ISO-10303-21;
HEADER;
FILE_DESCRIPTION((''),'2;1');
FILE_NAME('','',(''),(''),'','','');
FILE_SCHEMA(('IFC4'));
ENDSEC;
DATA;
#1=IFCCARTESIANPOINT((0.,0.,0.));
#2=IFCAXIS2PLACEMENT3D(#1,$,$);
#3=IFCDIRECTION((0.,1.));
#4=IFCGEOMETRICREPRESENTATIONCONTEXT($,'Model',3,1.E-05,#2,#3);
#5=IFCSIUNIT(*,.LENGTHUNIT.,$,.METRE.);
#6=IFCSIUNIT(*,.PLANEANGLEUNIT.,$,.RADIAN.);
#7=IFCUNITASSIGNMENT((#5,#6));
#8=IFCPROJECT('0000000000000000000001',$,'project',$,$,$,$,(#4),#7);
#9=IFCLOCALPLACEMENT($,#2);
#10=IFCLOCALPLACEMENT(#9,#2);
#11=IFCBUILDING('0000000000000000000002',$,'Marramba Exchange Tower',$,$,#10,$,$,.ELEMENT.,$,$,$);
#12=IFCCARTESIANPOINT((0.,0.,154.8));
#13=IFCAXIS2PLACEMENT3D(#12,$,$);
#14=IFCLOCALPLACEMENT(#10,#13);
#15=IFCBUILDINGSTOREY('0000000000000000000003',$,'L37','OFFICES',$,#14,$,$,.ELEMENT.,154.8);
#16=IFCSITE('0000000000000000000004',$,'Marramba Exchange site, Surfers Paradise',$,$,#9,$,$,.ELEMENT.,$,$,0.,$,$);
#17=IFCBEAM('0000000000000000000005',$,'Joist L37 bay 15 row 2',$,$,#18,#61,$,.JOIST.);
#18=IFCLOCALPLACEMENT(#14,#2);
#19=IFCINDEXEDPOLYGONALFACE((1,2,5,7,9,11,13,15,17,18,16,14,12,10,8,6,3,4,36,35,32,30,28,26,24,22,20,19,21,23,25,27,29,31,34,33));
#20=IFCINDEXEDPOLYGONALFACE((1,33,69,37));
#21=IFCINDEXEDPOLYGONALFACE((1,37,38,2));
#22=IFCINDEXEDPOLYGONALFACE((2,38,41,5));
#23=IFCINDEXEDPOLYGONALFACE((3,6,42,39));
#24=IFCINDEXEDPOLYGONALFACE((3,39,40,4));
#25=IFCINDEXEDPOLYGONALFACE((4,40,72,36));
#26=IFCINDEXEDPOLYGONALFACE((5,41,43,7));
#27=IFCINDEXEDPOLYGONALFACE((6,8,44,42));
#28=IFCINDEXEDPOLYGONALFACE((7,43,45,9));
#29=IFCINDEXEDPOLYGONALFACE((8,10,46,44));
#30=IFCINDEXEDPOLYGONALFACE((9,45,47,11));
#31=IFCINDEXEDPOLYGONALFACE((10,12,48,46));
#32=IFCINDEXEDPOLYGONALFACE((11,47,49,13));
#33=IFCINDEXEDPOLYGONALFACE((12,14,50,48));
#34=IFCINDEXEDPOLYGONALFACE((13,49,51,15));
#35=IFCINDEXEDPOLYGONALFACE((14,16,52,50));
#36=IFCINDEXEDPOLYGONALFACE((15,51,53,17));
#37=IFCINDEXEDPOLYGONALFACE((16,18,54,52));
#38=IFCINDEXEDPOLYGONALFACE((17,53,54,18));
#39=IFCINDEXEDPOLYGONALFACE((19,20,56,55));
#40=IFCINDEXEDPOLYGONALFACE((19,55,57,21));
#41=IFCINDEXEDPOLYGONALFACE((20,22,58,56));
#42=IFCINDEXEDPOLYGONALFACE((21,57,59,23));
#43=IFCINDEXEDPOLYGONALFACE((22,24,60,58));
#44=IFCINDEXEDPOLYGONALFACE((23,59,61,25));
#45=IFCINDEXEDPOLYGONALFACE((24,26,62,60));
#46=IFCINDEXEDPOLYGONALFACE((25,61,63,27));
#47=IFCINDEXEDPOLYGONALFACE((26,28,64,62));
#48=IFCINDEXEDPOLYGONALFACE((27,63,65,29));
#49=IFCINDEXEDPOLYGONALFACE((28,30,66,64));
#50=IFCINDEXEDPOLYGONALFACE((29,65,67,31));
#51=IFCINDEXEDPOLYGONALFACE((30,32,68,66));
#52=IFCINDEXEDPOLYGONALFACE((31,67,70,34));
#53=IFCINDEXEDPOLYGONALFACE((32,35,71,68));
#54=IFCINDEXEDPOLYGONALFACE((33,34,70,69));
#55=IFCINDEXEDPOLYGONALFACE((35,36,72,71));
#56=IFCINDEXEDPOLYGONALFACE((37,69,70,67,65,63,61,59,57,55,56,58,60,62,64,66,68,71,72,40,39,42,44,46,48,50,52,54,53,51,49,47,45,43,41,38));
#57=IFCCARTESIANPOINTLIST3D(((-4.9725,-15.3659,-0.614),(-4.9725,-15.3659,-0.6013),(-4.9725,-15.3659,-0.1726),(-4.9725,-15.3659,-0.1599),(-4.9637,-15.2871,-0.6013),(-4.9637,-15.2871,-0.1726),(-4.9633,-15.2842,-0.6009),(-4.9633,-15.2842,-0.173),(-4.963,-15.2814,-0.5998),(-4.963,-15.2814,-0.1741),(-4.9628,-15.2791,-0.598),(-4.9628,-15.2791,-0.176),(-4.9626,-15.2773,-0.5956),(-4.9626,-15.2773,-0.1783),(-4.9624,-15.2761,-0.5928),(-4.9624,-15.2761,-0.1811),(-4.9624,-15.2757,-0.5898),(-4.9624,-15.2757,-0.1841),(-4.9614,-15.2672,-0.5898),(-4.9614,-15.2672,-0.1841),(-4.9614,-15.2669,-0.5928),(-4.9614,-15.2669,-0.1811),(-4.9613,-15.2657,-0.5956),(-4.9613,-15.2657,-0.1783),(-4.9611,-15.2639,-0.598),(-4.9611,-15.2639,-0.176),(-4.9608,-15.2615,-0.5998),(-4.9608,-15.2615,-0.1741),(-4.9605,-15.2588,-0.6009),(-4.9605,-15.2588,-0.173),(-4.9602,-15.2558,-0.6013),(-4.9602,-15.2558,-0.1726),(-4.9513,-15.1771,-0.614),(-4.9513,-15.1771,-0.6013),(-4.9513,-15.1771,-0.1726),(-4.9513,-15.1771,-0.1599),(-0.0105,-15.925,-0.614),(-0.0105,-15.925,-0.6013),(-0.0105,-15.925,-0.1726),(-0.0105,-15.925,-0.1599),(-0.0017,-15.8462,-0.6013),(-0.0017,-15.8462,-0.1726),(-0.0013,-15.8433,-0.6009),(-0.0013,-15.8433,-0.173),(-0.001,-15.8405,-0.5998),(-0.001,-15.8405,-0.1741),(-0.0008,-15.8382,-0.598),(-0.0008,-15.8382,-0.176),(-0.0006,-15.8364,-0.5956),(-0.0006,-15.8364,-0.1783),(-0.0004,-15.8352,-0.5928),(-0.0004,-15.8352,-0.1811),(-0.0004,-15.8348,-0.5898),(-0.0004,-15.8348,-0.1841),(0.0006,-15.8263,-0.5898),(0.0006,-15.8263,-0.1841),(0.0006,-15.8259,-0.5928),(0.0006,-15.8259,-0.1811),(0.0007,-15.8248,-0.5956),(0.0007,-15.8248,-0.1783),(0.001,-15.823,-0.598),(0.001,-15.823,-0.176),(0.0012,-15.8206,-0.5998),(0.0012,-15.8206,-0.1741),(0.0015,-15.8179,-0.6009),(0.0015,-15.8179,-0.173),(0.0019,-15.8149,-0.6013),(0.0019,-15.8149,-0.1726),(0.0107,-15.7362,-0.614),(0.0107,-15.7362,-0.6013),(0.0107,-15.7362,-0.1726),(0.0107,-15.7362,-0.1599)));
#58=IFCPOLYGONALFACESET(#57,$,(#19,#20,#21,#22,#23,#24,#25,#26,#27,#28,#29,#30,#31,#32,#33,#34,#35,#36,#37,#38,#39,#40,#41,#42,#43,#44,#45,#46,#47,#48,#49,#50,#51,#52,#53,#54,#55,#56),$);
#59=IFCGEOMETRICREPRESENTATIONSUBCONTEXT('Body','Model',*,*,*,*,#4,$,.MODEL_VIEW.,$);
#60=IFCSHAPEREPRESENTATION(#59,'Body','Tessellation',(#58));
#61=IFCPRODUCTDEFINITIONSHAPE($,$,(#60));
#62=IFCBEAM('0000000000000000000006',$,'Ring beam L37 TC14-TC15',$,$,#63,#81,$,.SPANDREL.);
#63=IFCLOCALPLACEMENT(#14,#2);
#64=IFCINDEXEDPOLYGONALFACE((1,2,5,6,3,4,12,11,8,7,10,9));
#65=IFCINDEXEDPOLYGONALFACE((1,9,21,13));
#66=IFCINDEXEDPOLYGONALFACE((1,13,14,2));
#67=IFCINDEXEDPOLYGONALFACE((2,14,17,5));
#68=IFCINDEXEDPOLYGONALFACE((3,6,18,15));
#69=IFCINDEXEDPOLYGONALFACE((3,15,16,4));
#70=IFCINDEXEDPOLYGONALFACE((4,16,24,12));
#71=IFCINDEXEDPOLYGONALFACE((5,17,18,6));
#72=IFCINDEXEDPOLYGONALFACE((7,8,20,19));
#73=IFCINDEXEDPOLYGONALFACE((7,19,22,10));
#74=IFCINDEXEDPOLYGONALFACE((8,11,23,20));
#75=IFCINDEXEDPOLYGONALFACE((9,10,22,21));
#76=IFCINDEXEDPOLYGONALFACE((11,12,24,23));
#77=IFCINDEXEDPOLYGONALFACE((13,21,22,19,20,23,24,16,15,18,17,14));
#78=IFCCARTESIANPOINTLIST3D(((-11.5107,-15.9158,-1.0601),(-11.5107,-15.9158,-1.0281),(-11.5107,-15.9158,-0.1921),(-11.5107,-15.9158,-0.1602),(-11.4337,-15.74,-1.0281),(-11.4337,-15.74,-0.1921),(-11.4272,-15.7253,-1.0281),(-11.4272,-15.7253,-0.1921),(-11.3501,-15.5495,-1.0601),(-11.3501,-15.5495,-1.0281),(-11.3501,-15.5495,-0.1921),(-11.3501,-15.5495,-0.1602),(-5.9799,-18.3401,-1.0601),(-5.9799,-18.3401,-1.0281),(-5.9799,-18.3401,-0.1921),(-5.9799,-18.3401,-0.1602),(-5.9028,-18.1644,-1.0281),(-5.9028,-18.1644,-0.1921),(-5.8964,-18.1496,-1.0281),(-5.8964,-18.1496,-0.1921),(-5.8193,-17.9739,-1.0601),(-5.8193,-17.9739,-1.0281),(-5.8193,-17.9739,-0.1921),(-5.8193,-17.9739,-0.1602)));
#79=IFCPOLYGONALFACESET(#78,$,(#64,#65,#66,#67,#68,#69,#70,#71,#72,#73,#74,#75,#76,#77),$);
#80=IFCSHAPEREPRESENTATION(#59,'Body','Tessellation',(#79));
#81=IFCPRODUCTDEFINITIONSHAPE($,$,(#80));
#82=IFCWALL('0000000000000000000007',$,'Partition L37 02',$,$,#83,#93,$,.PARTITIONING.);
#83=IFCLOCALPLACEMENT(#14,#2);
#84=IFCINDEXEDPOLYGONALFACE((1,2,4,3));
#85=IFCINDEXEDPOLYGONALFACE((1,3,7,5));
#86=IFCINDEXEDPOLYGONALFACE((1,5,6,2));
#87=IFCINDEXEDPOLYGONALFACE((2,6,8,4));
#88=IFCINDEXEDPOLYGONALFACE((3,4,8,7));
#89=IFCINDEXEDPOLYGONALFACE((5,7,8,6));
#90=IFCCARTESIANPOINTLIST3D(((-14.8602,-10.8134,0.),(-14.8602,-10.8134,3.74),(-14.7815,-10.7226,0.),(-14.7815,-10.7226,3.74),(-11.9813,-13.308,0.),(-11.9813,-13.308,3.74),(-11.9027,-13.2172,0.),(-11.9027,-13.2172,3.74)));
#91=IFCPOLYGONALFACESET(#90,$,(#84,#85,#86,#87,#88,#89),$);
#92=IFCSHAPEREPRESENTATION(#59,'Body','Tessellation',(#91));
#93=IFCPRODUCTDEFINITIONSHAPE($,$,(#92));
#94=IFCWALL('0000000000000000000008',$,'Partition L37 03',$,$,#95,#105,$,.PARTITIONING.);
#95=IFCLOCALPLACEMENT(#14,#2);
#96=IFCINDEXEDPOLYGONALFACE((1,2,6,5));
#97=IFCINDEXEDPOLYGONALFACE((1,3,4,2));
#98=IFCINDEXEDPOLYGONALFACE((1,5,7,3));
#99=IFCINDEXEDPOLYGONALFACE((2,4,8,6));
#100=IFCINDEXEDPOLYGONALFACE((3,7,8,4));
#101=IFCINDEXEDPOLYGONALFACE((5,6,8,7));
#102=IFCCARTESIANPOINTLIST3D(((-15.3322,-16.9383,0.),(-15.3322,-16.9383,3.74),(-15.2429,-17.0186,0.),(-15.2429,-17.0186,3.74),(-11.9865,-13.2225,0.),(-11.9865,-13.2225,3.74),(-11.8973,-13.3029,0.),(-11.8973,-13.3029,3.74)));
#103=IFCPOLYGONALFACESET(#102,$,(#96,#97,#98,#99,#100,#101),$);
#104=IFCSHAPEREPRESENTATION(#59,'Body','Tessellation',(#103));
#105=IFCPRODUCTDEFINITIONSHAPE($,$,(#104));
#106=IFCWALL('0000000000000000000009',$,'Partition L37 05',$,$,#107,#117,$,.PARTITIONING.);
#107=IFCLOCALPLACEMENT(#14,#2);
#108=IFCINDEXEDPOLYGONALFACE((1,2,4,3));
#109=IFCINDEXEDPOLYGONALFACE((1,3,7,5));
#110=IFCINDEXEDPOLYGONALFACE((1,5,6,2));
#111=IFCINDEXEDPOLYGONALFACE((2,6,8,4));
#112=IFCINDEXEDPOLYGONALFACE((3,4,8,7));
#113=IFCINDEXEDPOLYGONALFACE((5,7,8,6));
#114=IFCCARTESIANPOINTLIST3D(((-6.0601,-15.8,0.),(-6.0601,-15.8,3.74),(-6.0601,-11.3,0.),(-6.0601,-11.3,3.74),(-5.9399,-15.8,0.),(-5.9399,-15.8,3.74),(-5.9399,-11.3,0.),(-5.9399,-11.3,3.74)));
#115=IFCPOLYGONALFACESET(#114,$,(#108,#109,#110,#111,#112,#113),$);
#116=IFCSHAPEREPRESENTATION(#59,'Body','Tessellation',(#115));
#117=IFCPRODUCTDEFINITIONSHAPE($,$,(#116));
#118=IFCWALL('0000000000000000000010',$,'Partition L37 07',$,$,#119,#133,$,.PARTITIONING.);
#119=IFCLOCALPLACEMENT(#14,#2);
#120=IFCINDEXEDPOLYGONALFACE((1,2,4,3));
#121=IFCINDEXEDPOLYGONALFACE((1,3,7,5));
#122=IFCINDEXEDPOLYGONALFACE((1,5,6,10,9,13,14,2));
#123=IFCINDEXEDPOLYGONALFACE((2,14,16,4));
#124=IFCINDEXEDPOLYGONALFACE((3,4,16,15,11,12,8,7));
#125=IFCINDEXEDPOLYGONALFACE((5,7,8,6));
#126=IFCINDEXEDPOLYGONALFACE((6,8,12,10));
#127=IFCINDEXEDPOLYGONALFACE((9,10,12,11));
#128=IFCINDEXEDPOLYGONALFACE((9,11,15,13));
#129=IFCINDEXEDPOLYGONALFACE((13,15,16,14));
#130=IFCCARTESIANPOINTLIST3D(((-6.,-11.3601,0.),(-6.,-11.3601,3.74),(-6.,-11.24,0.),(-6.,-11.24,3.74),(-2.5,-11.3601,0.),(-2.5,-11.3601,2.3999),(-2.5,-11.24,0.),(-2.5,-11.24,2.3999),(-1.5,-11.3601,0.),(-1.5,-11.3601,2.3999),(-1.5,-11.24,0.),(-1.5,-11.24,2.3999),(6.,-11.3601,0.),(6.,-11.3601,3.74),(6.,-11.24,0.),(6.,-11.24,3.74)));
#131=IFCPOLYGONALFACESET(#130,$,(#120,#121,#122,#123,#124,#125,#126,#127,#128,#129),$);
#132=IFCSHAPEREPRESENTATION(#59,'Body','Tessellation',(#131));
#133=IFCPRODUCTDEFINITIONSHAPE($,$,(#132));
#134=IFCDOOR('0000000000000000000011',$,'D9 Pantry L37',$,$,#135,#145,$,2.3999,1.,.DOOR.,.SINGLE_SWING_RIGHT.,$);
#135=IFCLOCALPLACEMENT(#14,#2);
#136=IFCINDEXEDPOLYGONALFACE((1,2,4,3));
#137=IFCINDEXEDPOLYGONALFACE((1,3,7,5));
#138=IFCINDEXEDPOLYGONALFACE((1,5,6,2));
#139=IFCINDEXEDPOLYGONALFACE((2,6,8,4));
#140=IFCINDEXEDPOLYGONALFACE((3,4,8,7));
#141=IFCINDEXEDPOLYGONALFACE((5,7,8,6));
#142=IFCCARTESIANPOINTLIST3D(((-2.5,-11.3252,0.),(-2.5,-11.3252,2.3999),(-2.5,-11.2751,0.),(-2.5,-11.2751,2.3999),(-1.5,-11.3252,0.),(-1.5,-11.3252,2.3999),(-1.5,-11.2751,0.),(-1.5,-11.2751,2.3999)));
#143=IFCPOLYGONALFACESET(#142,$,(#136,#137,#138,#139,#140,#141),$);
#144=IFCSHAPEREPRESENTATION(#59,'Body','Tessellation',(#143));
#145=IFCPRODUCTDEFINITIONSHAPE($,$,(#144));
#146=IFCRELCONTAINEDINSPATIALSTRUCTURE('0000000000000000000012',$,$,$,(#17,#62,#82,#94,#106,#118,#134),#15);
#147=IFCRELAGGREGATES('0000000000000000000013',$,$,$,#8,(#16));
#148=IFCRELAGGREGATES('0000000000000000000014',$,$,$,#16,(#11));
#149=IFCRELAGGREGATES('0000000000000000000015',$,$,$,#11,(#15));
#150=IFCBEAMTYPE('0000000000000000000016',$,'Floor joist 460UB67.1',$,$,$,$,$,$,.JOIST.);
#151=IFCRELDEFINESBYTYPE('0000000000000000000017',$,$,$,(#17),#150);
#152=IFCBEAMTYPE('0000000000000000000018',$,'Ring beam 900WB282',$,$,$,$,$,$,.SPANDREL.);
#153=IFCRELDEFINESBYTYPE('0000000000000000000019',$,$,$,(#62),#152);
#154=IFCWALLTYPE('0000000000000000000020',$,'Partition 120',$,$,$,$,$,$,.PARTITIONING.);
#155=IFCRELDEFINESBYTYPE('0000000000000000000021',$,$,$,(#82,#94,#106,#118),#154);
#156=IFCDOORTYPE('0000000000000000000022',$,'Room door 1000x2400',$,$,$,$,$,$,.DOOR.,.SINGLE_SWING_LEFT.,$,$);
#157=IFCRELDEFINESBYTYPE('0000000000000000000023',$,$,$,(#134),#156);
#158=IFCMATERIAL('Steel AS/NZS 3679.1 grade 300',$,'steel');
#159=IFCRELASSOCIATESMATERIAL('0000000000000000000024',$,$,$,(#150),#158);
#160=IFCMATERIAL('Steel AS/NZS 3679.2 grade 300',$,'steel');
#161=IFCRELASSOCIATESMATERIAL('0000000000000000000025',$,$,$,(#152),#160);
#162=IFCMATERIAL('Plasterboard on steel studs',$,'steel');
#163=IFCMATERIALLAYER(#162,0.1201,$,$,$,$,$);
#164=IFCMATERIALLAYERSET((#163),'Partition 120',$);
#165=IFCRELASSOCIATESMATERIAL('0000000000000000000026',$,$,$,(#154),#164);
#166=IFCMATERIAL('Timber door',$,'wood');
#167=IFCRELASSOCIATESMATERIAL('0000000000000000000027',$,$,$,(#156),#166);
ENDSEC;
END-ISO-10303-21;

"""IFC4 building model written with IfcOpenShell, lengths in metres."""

from ifc_helpers import new_model, si_unit, direction, frame, frame_2d, origin, origin_2d, place, context, subcontext, project, spatial, rectangle, i_section, extrude, material, layer, layer_set, material_profile, profile_set, type_object, element, fill, save


model = new_model("IFC4")

# Units and contexts
model_context = context("Model", 3, precision=1e-05, world=origin(), true_north=direction((0.0, 1.0)))
body_context = subcontext(model_context, "Body", "Model", "MODEL_VIEW")
ifc_project = project(units=[si_unit("LENGTHUNIT", "METRE"), si_unit("PLANEANGLEUNIT", "RADIAN")], contexts=[model_context])

# Site, building, storey
site_placement = place(None, origin())
site = spatial("IfcSite", under=ifc_project, at=site_placement, Name="Marramba Exchange site, Surfers Paradise", CompositionType="ELEMENT", RefElevation=0.0)
building_placement = place(site_placement, origin())
building = spatial("IfcBuilding", under=site, at=building_placement, Name="Marramba Exchange Tower", CompositionType="ELEMENT")
storey_placement = place(building_placement, frame((0.0, 0.0, 154.8)))
storey = spatial("IfcBuildingStorey", under=building, at=storey_placement, Name="L37", Description="OFFICES", CompositionType="ELEMENT", Elevation=154.8)

# Beams
ifc_material_1 = material(Name="Steel AS/NZS 3679.2 grade 300", Category="steel")
ifc_material_2 = material(Name="Steel AS/NZS 3679.1 grade 300", Category="steel")
ifc_material_profile_1 = material_profile(ifc_material_2, i_section(OverallWidth=0.1899, OverallDepth=0.4541, WebThickness=0.0085, FlangeThickness=0.0127, FilletRadius=0.0115, at=origin_2d()), Name="460UB67.1")
ifc_profile_set_1 = profile_set([ifc_material_profile_1], Name="Steel AS/NZS 3679.1 grade 300")
beam_type_1 = type_object("IfcBeamType", Name="Floor joist 460UB67.1", PredefinedType="JOIST", material=ifc_profile_set_1)
beam_1_placement = place(storey_placement, frame((-4.9619, -15.2715, -0.387), z_axis=(0.993712, -0.111966, 0.0), x_axis=(0.111966, 0.993712, 0.0)))
element("IfcBeam", 1, at=beam_1_placement, inside=storey, type_object=beam_type_1, Name="Joist L37 bay 15 row 2", PredefinedType="JOIST", context=body_context, shape_type="SweptSolid", body=[
    extrude(i_section(OverallWidth=0.1899, OverallDepth=0.4541, WebThickness=0.0085, FlangeThickness=0.0127, FilletRadius=0.0115, at=origin_2d()), origin(), (0.0, 0.0, 1.0), 4.9934),
])
ifc_material_profile_2 = material_profile(ifc_material_1, i_section(OverallWidth=0.3999, OverallDepth=0.8999, WebThickness=0.0161, FlangeThickness=0.032, at=origin_2d()), Name="900WB282")
ifc_profile_set_2 = profile_set([ifc_material_profile_2], Name="Steel AS/NZS 3679.2 grade 300")
beam_type_2 = type_object("IfcBeamType", Name="Ring beam 900WB282", PredefinedType="SPANDREL", material=ifc_profile_set_2)
beam_2_placement = place(storey_placement, frame((-11.4304, -15.7327, -0.6101), z_axis=(0.915877, -0.401459, 0.0), x_axis=(0.401459, 0.915877, 0.0)))
element("IfcBeam", 2, at=beam_2_placement, inside=storey, type_object=beam_type_2, Name="Ring beam L37 TC14-TC15", PredefinedType="SPANDREL", context=body_context, shape_type="SweptSolid", body=[
    extrude(i_section(OverallWidth=0.3999, OverallDepth=0.8999, WebThickness=0.0161, FlangeThickness=0.032, at=origin_2d()), origin(), (0.0, 0.0, 1.0), 6.0388),
])

# Walls
ifc_material_3 = material(Name="Plasterboard on steel studs", Category="steel")
ifc_layer = layer(ifc_material_3, 0.1201)
ifc_layer_set = layer_set([ifc_layer], Name="Partition 120")
wall_type = type_object("IfcWallType", Name="Partition 120", PredefinedType="PARTITIONING", material=ifc_layer_set)
wall_1_placement = place(storey_placement, frame((-11.9419, -13.2627, 0.0), z_axis=(0.0, 0.0, 1.0), x_axis=(-0.755744, 0.654867, 0.0)))
element("IfcWall", 3, at=wall_1_placement, inside=storey, type_object=wall_type, Name="Partition L37 02", PredefinedType="PARTITIONING", context=body_context, shape_type="SweptSolid", body=[
    extrude(rectangle(XDim=3.8093, YDim=0.1201, at=frame_2d((1.9048, 0.0))), origin(), (0.0, 0.0, 1.0), 3.74),
])
wall_2_placement = place(storey_placement, frame((-11.9419, -13.2627, 0.0), z_axis=(0.0, 0.0, 1.0), x_axis=(-0.669127, -0.743148, 0.0)))
element("IfcWall", 4, at=wall_2_placement, inside=storey, type_object=wall_type, Name="Partition L37 03", PredefinedType="PARTITIONING", context=body_context, shape_type="SweptSolid", body=[
    extrude(rectangle(XDim=5.0, YDim=0.1201, at=frame_2d((2.5, 0.0))), origin(), (0.0, 0.0, 1.0), 3.74),
])
wall_3_placement = place(storey_placement, frame((-6.0, -15.8, 0.0), z_axis=(0.0, 0.0, 1.0), x_axis=(0.0, 1.0, 0.0)))
element("IfcWall", 5, at=wall_3_placement, inside=storey, type_object=wall_type, Name="Partition L37 05", PredefinedType="PARTITIONING", context=body_context, shape_type="SweptSolid", body=[
    extrude(rectangle(XDim=4.5, YDim=0.1201, at=frame_2d((2.25, 0.0))), origin(), (0.0, 0.0, 1.0), 3.74),
])

# Wall, opening, door
wall_4_placement = place(storey_placement, frame((-6.0, -11.3, 0.0), z_axis=(0.0, 0.0, 1.0), x_axis=(1.0, 0.0, 0.0)))
wall_4 = element("IfcWall", 6, at=wall_4_placement, inside=storey, type_object=wall_type, Name="Partition L37 07", PredefinedType="PARTITIONING", context=body_context, shape_type="SweptSolid", body=[
    extrude(rectangle(XDim=12.0, YDim=0.1201, at=frame_2d((6.0, 0.0))), origin(), (0.0, 0.0, 1.0), 3.74),
])
opening_placement = place(wall_4_placement, frame((3.5, 0.0, 0.0)))
opening = element("IfcOpeningElement", 7, at=opening_placement, cuts=wall_4, PredefinedType="OPENING", context=body_context, shape_type="SweptSolid", body=[
    extrude(rectangle(XDim=1.0, YDim=2.3999, at=frame_2d((0.5, 1.2))), frame((0.0, 0.0701, 0.0), z_axis=(0.0, -1.0, 0.0), x_axis=(1.0, 0.0, 0.0)), (0.0, 0.0, 1.0), 0.1401),
])
ifc_material_4 = material(Name="Timber door", Category="wood")
door_type = type_object("IfcDoorType", Name="Room door 1000x2400", OperationType="SINGLE_SWING_LEFT", PredefinedType="DOOR", material=ifc_material_4)
door_placement = place(opening_placement, frame((1.0, 0.0, 0.0), z_axis=(0.0, 0.0, 1.0), x_axis=(-1.0, 0.0, 0.0)))
door = element("IfcDoor", 8, at=door_placement, inside=storey, type_object=door_type, Name="D9 Pantry L37", OperationType="SINGLE_SWING_RIGHT", OverallHeight=2.3999, OverallWidth=1.0, PredefinedType="DOOR", context=body_context, shape_type="SweptSolid", body=[
    extrude(rectangle(XDim=1.0, YDim=2.3999, at=frame_2d((0.5, 1.2))), frame((0.0, 0.0251, 0.0), z_axis=(0.0, -1.0, 0.0), x_axis=(1.0, 0.0, 0.0)), (0.0, 0.0, 1.0), 0.05),
])
fill(opening, door)

save(model, "model.ifc")
